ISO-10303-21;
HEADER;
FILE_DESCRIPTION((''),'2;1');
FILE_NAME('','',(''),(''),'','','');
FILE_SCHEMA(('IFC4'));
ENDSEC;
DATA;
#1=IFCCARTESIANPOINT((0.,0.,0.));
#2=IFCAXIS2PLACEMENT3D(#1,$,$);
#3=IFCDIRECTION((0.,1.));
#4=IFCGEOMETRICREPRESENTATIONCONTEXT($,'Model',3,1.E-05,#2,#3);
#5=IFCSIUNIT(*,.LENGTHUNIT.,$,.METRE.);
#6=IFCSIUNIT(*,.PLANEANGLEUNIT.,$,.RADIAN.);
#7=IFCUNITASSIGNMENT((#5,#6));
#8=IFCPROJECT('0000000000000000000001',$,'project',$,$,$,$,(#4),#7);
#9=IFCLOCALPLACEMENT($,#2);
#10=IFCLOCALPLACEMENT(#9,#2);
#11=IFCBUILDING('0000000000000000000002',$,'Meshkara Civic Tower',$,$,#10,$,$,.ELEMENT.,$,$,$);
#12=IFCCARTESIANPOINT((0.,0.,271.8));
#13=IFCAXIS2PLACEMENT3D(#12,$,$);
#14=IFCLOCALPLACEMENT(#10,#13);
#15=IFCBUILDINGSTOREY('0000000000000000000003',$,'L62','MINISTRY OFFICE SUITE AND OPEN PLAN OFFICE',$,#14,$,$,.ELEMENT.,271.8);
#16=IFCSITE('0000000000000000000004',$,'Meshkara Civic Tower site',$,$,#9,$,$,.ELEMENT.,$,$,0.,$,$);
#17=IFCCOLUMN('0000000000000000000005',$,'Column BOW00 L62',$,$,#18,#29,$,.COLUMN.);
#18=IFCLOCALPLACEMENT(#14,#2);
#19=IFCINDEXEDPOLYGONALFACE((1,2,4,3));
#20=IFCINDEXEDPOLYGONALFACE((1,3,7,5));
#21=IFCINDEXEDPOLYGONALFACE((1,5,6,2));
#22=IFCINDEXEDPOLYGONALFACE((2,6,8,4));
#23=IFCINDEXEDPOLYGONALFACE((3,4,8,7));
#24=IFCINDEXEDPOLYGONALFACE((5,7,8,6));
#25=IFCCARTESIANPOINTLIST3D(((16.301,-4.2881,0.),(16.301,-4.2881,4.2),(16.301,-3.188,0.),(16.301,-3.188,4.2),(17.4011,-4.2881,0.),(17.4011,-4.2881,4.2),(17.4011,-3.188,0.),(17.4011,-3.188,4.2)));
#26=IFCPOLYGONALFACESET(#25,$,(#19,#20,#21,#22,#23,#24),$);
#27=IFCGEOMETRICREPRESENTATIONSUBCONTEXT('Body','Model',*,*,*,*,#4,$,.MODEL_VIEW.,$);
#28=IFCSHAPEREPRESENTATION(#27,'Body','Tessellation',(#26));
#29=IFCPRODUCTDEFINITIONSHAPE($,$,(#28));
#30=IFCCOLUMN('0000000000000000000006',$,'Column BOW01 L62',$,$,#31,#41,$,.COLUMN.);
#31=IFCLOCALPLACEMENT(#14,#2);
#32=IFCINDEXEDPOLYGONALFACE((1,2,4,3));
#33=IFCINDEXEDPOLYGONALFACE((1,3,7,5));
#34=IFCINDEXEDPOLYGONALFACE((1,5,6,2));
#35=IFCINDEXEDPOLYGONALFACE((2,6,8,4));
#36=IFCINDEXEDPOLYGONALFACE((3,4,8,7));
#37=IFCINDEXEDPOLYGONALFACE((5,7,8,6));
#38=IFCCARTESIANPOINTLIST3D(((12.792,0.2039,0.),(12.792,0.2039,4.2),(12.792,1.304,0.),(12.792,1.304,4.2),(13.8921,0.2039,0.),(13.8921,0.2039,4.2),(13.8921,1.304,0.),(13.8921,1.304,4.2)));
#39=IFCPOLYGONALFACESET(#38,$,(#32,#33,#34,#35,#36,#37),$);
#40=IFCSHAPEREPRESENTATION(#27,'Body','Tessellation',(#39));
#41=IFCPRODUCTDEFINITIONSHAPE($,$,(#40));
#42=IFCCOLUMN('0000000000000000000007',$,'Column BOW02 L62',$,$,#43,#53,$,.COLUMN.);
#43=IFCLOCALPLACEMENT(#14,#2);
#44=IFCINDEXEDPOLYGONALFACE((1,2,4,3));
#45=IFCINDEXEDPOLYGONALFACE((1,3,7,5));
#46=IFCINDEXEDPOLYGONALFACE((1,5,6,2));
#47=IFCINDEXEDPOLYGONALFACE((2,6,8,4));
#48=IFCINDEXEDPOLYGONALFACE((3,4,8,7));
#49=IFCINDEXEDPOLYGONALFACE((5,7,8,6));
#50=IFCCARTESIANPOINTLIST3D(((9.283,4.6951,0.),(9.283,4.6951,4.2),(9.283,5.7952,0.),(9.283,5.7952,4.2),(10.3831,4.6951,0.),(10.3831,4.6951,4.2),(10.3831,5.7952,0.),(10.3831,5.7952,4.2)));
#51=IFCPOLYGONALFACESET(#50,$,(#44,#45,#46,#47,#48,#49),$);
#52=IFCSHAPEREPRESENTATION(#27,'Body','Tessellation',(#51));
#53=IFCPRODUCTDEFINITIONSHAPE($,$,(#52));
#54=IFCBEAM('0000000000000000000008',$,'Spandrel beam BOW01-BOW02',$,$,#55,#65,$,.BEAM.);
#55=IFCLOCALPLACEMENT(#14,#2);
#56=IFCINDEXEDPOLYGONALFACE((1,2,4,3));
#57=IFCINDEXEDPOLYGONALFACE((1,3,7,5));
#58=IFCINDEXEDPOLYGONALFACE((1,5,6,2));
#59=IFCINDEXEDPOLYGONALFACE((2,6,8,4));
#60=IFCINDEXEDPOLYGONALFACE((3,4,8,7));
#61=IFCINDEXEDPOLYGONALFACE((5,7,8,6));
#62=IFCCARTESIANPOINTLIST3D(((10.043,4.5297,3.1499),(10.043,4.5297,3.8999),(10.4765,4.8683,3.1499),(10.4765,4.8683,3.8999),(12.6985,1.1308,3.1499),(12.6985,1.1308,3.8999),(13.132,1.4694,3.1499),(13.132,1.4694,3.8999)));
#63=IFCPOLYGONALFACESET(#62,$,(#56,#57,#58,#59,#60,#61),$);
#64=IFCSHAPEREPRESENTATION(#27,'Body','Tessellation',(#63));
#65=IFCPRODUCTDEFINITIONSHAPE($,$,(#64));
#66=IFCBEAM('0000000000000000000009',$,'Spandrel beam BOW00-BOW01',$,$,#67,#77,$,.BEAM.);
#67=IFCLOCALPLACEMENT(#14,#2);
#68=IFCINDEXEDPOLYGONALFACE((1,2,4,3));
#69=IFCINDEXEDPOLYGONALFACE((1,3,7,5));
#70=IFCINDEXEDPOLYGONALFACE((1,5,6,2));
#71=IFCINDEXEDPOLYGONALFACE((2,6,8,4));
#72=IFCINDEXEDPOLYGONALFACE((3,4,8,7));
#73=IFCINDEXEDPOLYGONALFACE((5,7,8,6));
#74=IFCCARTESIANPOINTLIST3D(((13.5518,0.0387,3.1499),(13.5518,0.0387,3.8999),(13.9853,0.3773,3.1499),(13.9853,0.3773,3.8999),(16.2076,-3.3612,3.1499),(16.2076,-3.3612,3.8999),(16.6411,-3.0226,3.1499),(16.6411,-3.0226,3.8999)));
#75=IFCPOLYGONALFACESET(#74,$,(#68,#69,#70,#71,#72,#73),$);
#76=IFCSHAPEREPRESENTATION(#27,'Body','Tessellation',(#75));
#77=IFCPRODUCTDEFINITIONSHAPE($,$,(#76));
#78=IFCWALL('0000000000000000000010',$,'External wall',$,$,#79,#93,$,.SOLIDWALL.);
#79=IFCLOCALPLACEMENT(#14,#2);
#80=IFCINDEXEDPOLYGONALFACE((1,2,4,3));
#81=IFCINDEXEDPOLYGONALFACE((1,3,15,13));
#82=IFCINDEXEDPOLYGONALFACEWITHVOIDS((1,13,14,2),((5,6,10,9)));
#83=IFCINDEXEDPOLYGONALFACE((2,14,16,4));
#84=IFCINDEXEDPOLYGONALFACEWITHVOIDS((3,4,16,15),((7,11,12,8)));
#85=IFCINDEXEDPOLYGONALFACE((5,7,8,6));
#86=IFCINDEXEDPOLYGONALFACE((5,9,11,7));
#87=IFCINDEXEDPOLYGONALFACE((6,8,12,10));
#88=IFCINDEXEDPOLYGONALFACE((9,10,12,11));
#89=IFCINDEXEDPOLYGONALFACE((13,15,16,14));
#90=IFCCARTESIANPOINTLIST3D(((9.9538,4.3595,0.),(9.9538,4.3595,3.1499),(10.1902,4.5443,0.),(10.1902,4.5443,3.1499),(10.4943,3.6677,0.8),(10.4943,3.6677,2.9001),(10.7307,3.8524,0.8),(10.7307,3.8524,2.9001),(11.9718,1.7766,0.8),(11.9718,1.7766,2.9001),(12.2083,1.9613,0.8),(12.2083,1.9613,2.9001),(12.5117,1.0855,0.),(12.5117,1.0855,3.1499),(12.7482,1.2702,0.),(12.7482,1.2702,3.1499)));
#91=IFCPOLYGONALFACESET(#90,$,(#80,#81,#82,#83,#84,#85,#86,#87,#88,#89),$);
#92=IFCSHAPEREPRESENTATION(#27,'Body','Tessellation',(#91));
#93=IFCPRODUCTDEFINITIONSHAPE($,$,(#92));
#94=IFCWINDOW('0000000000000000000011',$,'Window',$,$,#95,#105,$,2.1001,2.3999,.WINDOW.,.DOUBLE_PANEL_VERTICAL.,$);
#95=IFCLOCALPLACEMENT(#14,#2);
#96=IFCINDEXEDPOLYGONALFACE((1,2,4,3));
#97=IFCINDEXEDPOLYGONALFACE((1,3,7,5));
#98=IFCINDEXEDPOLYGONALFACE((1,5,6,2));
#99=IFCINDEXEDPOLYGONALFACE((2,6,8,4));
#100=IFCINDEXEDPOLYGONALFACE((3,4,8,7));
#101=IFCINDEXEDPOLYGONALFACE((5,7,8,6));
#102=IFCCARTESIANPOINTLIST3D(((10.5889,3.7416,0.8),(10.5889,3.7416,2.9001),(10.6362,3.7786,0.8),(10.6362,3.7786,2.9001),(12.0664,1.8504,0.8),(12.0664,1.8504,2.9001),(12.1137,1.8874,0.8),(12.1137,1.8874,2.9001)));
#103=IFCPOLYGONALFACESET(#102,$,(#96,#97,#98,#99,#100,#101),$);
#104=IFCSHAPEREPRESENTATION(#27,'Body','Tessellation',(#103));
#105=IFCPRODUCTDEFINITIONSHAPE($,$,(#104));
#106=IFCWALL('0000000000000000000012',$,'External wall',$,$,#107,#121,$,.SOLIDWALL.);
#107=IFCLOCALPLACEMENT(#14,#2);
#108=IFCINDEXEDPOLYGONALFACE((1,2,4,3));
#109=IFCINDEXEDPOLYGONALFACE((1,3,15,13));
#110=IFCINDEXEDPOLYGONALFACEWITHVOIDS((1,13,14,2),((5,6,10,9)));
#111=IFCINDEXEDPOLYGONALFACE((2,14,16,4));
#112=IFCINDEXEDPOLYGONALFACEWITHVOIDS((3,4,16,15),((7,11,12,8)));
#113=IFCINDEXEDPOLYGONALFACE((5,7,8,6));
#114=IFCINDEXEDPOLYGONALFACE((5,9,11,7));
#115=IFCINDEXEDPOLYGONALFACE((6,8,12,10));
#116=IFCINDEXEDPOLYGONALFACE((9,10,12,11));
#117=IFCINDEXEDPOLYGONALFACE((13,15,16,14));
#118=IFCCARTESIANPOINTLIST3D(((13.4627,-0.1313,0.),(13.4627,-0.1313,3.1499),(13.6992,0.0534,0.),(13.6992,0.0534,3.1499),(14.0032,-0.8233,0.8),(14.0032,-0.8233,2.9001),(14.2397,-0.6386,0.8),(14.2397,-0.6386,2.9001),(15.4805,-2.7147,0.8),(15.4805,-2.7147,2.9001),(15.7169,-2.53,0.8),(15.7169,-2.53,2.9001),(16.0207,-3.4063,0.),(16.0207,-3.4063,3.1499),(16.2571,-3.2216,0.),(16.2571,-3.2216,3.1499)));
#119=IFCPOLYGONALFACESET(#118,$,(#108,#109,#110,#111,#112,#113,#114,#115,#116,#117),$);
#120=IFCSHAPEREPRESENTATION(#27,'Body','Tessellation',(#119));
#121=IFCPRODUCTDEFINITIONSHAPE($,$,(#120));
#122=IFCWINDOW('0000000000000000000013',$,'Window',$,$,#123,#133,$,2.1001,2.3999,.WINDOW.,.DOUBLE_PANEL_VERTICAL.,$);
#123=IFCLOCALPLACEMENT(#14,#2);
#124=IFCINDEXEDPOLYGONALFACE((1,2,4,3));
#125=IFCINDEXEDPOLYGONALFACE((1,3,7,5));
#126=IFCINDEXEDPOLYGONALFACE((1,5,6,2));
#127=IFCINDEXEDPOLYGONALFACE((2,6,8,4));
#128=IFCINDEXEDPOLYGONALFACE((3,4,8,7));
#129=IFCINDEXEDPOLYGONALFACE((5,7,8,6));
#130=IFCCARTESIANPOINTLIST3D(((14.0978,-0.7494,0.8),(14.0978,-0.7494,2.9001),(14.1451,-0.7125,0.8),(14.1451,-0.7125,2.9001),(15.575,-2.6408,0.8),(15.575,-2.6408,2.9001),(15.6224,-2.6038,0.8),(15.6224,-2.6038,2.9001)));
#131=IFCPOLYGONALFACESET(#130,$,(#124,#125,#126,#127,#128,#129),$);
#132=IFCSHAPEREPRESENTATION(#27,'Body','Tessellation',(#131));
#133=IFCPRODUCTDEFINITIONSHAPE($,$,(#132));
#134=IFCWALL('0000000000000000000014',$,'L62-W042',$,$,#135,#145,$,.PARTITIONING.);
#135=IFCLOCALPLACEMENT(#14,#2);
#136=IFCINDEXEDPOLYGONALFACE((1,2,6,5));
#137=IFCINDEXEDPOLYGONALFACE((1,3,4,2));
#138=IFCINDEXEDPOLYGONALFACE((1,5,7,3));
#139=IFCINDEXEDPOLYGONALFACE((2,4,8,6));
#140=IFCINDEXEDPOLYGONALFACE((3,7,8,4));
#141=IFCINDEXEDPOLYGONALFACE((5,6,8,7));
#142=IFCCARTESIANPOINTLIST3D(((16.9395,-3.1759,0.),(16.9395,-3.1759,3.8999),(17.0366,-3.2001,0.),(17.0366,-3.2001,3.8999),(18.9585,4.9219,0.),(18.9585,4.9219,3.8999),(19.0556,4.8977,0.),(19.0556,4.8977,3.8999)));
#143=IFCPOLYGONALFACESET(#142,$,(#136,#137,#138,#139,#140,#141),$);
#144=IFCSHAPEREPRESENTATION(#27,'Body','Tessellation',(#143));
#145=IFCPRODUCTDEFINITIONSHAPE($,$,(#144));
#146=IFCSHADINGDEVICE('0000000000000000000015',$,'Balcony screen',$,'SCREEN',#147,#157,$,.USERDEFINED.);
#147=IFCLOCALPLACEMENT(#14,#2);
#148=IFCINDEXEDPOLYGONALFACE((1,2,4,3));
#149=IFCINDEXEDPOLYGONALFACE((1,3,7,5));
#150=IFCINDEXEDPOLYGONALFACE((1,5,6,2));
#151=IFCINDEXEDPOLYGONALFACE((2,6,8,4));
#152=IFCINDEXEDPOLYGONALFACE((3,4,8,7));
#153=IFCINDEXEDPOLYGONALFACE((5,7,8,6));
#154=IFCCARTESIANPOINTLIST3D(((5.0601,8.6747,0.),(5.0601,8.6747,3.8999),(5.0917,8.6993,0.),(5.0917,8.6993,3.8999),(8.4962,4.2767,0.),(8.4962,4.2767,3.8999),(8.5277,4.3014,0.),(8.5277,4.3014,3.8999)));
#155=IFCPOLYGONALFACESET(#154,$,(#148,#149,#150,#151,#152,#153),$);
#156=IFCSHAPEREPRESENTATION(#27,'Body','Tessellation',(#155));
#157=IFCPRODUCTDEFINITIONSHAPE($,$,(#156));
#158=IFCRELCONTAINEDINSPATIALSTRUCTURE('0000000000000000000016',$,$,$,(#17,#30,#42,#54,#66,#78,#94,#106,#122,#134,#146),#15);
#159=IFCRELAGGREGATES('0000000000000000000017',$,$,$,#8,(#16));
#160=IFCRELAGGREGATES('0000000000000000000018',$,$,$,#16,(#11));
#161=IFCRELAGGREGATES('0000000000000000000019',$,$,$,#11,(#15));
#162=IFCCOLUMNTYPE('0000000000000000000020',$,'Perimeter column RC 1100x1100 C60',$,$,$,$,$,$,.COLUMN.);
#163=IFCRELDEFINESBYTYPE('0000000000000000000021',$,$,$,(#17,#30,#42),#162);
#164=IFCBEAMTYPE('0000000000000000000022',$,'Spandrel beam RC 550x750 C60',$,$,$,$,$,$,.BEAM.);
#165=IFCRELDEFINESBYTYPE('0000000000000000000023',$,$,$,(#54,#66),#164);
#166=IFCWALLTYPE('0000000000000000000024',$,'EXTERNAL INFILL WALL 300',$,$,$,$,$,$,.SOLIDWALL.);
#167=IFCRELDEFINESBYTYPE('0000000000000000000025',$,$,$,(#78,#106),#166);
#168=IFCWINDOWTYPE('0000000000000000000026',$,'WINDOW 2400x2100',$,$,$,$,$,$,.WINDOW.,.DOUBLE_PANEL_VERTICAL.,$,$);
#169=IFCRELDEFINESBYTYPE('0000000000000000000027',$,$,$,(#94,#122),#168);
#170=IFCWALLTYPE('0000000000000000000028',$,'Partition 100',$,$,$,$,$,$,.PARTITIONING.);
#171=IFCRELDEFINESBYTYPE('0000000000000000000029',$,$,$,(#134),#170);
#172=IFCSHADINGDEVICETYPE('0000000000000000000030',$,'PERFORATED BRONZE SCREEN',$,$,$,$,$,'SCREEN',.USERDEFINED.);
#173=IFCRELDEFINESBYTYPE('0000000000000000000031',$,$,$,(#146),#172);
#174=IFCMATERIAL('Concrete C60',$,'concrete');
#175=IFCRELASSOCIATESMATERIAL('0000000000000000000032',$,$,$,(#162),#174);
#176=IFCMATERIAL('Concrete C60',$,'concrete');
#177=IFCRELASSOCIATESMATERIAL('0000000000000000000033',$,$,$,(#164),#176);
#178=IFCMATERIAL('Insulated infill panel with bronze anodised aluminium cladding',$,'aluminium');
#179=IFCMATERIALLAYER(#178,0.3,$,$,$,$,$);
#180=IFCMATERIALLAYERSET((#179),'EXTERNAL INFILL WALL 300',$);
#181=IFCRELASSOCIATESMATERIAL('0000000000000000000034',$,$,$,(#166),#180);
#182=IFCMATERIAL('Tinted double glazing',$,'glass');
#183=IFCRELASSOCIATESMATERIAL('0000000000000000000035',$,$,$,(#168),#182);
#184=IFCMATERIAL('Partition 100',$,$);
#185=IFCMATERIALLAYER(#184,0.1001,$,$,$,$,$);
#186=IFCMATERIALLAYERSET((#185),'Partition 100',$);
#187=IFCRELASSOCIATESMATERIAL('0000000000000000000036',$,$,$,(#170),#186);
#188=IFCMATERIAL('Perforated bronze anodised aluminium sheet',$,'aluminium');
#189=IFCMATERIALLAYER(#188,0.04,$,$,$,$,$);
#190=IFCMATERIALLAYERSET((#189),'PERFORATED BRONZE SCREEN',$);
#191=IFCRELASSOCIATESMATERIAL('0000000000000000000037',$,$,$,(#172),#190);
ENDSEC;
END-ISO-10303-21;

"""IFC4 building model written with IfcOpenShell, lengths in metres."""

from ifc_helpers import new_model, si_unit, direction, frame, frame_2d, origin, origin_2d, place, context, subcontext, project, spatial, rectangle, extrude, material, layer, layer_set, material_profile, profile_set, type_object, element, fill, save


model = new_model("IFC4")

# Units and contexts
model_context = context("Model", 3, precision=1e-05, world=origin(), true_north=direction((0.0, 1.0)))
body_context = subcontext(model_context, "Body", "Model", "MODEL_VIEW")
ifc_project = project(units=[si_unit("LENGTHUNIT", "METRE"), si_unit("PLANEANGLEUNIT", "RADIAN")], contexts=[model_context])

# Site, building, storey
site_placement = place(None, origin())
site = spatial("IfcSite", under=ifc_project, at=site_placement, Name="Meshkara Civic Tower site", CompositionType="ELEMENT", RefElevation=0.0)
building_placement = place(site_placement, origin())
building = spatial("IfcBuilding", under=site, at=building_placement, Name="Meshkara Civic Tower", CompositionType="ELEMENT")
storey_placement = place(building_placement, frame((0.0, 0.0, 271.8)))
storey = spatial("IfcBuildingStorey", under=building, at=storey_placement, Name="L62", Description="MINISTRY OFFICE SUITE AND OPEN PLAN OFFICE", CompositionType="ELEMENT", Elevation=271.8)

# Columns
ifc_material_1 = material(Name="Concrete C60", Category="concrete")
ifc_material_profile_1 = material_profile(ifc_material_1, rectangle(XDim=1.1001, YDim=1.1001, at=origin_2d()))
ifc_profile_set_1 = profile_set([ifc_material_profile_1], Name="Concrete C60")
column_type = type_object("IfcColumnType", Name="Perimeter column RC 1100x1100 C60", PredefinedType="COLUMN", material=ifc_profile_set_1)
for number, where, z_axis, x_axis, name in (
    (1, (16.8511, -3.738, 0.0), (0.0, 0.0, 1.0), (1.0, 0.0, 0.0), "Column BOW00 L62"),
    (2, (13.342, 0.7539, 0.0), (0.0, 0.0, 1.0), (1.0, 0.0, 0.0), "Column BOW01 L62"),
    (3, (9.833, 5.2451, 0.0), (0.0, 0.0, 1.0), (1.0, 0.0, 0.0), "Column BOW02 L62"),
):
    element("IfcColumn", number, at=place(storey_placement, frame(where, z_axis=z_axis, x_axis=x_axis)), inside=storey, type_object=column_type, Name=name, PredefinedType="COLUMN", context=body_context, shape_type="SweptSolid", body=[
        extrude(rectangle(XDim=1.1001, YDim=1.1001, at=origin_2d()), origin(), (0.0, 0.0, 1.0), 4.2),
    ])

# Beams
ifc_material_2 = material(Name="Concrete C60", Category="concrete")
ifc_material_profile_2 = material_profile(ifc_material_2, rectangle(XDim=0.55, YDim=0.75, at=origin_2d()))
ifc_profile_set_2 = profile_set([ifc_material_profile_2], Name="Concrete C60")
beam_type = type_object("IfcBeamType", Name="Spandrel beam RC 550x750 C60", PredefinedType="BEAM", material=ifc_profile_set_2)
beam_1_placement = place(storey_placement, frame((10.2598, 4.699, 3.5249), z_axis=(0.615659, -0.788012, 0.0), x_axis=(0.788012, 0.615659, 0.0)))
element("IfcBeam", 4, at=beam_1_placement, inside=storey, type_object=beam_type, Name="Spandrel beam BOW01-BOW02", PredefinedType="BEAM", context=body_context, shape_type="SweptSolid", body=[
    extrude(rectangle(XDim=0.55, YDim=0.75, at=origin_2d()), origin(), (0.0, 0.0, 1.0), 4.3132),
])
beam_2_placement = place(storey_placement, frame((13.7686, 0.208, 3.5249), z_axis=(0.615585, -0.788071, 0.0), x_axis=(0.788071, 0.615585, 0.0)))
element("IfcBeam", 5, at=beam_2_placement, inside=storey, type_object=beam_type, Name="Spandrel beam BOW00-BOW01", PredefinedType="BEAM", context=body_context, shape_type="SweptSolid", body=[
    extrude(rectangle(XDim=0.55, YDim=0.75, at=origin_2d()), origin(), (0.0, 0.0, 1.0), 4.3142),
])

# Walls, openings, windows
ifc_material_3 = material(Name="Insulated infill panel with bronze anodised aluminium cladding", Category="aluminium")
ifc_layer_1 = layer(ifc_material_3, 0.3)
ifc_layer_set_1 = layer_set([ifc_layer_1], Name="EXTERNAL INFILL WALL 300")
wall_type_1 = type_object("IfcWallType", Name="EXTERNAL INFILL WALL 300", PredefinedType="SOLIDWALL", material=ifc_layer_set_1)
wall_1_placement = place(storey_placement, frame((10.072, 4.4519, 0.0), z_axis=(0.0, 0.0, 1.0), x_axis=(0.61566, -0.788012, 0.0)))
wall_1 = element("IfcWall", 6, at=wall_1_placement, inside=storey, type_object=wall_type_1, Name="External wall", PredefinedType="SOLIDWALL", context=body_context, shape_type="SweptSolid", body=[
    extrude(rectangle(XDim=4.1548, YDim=0.3, at=frame_2d((2.0774, 0.0))), origin(), (0.0, 0.0, 1.0), 3.1499),
])
opening_1_placement = place(wall_1_placement, frame((0.8779, 0.0, 0.8)))
opening_1 = element("IfcOpeningElement", 7, at=opening_1_placement, cuts=wall_1, PredefinedType="OPENING", context=body_context, shape_type="SweptSolid", body=[
    extrude(rectangle(XDim=2.3999, YDim=2.1001, at=frame_2d((1.2, 1.05))), frame((0.0, 0.1599, 0.0), z_axis=(0.0, -1.0, 0.0), x_axis=(1.0, 0.0, 0.0)), (0.0, 0.0, 1.0), 0.3201),
])
ifc_material_4 = material(Name="Tinted double glazing", Category="glass")
window_type = type_object("IfcWindowType", Name="WINDOW 2400x2100", PartitioningType="DOUBLE_PANEL_VERTICAL", PredefinedType="WINDOW", material=ifc_material_4)
window_1_placement = place(opening_1_placement, origin())
window_1 = element("IfcWindow", 8, at=window_1_placement, inside=storey, type_object=window_type, Name="Window", OverallHeight=2.1001, OverallWidth=2.3999, PartitioningType="DOUBLE_PANEL_VERTICAL", PredefinedType="WINDOW", context=body_context, shape_type="SweptSolid", body=[
    extrude(rectangle(XDim=2.3999, YDim=2.1001, at=frame_2d((1.2, 1.05))), frame((0.0, 0.03, 0.0), z_axis=(0.0, -1.0, 0.0), x_axis=(1.0, 0.0, 0.0)), (0.0, 0.0, 1.0), 0.0601),
])
fill(opening_1, window_1)
wall_2_placement = place(storey_placement, frame((13.5811, -0.0391, 0.0), z_axis=(0.0, 0.0, 1.0), x_axis=(0.615546, -0.788101, 0.0)))
wall_2 = element("IfcWall", 9, at=wall_2_placement, inside=storey, type_object=wall_type_1, Name="External wall", PredefinedType="SOLIDWALL", context=body_context, shape_type="SweptSolid", body=[
    extrude(rectangle(XDim=4.1555, YDim=0.3, at=frame_2d((2.0776, 0.0))), origin(), (0.0, 0.0, 1.0), 3.1499),
])
opening_2_placement = place(wall_2_placement, frame((0.8779, 0.0, 0.8)))
opening_2 = element("IfcOpeningElement", 10, at=opening_2_placement, cuts=wall_2, PredefinedType="OPENING", context=body_context, shape_type="SweptSolid", body=[
    extrude(rectangle(XDim=2.3999, YDim=2.1001, at=frame_2d((1.2, 1.05))), frame((0.0, 0.1599, 0.0), z_axis=(0.0, -1.0, 0.0), x_axis=(1.0, 0.0, 0.0)), (0.0, 0.0, 1.0), 0.3201),
])
window_2_placement = place(opening_2_placement, origin())
window_2 = element("IfcWindow", 11, at=window_2_placement, inside=storey, type_object=window_type, Name="Window", OverallHeight=2.1001, OverallWidth=2.3999, PartitioningType="DOUBLE_PANEL_VERTICAL", PredefinedType="WINDOW", context=body_context, shape_type="SweptSolid", body=[
    extrude(rectangle(XDim=2.3999, YDim=2.1001, at=frame_2d((1.2, 1.05))), frame((0.0, 0.03, 0.0), z_axis=(0.0, -1.0, 0.0), x_axis=(1.0, 0.0, 0.0)), (0.0, 0.0, 1.0), 0.0601),
])
fill(opening_2, window_2)

# Wall
ifc_material_5 = material(Name="Partition 100")
ifc_layer_2 = layer(ifc_material_5, 0.1001)
ifc_layer_set_2 = layer_set([ifc_layer_2], Name="Partition 100")
wall_type_2 = type_object("IfcWallType", Name="Partition 100", PredefinedType="PARTITIONING", material=ifc_layer_set_2)
wall_3_placement = place(storey_placement, frame((16.988, -3.188, 0.0), z_axis=(0.0, 0.0, 1.0), x_axis=(0.241923, 0.970295, 0.0)))
element("IfcWall", 12, at=wall_3_placement, inside=storey, type_object=wall_type_2, Name="L62-W042", PredefinedType="PARTITIONING", context=body_context, shape_type="SweptSolid", body=[
    extrude(rectangle(XDim=8.3457, YDim=0.1001, at=frame_2d((4.1729, 0.0))), origin(), (0.0, 0.0, 1.0), 3.8999),
])

# Shading device
ifc_material_6 = material(Name="Perforated bronze anodised aluminium sheet", Category="aluminium")
ifc_layer_3 = layer(ifc_material_6, 0.04)
ifc_layer_set_3 = layer_set([ifc_layer_3], Name="PERFORATED BRONZE SCREEN")
shading_device_type = type_object("IfcShadingDeviceType", Name="PERFORATED BRONZE SCREEN", ElementType="SCREEN", PredefinedType="USERDEFINED", material=ifc_layer_set_3)
shading_device_placement = place(storey_placement, frame((6.7939, 6.488, 0.0), z_axis=(0.0, 0.0, 1.0), x_axis=(0.615661, -0.788011, 0.0)))
element("IfcShadingDevice", 13, at=shading_device_placement, inside=storey, type_object=shading_device_type, Name="Balcony screen", ObjectType="SCREEN", PredefinedType="USERDEFINED", context=body_context, shape_type="SweptSolid", body=[
    extrude(rectangle(XDim=5.5811, YDim=0.04, at=origin_2d()), origin(), (0.0, 0.0, 1.0), 3.8999),
])

save(model, "model.ifc")
